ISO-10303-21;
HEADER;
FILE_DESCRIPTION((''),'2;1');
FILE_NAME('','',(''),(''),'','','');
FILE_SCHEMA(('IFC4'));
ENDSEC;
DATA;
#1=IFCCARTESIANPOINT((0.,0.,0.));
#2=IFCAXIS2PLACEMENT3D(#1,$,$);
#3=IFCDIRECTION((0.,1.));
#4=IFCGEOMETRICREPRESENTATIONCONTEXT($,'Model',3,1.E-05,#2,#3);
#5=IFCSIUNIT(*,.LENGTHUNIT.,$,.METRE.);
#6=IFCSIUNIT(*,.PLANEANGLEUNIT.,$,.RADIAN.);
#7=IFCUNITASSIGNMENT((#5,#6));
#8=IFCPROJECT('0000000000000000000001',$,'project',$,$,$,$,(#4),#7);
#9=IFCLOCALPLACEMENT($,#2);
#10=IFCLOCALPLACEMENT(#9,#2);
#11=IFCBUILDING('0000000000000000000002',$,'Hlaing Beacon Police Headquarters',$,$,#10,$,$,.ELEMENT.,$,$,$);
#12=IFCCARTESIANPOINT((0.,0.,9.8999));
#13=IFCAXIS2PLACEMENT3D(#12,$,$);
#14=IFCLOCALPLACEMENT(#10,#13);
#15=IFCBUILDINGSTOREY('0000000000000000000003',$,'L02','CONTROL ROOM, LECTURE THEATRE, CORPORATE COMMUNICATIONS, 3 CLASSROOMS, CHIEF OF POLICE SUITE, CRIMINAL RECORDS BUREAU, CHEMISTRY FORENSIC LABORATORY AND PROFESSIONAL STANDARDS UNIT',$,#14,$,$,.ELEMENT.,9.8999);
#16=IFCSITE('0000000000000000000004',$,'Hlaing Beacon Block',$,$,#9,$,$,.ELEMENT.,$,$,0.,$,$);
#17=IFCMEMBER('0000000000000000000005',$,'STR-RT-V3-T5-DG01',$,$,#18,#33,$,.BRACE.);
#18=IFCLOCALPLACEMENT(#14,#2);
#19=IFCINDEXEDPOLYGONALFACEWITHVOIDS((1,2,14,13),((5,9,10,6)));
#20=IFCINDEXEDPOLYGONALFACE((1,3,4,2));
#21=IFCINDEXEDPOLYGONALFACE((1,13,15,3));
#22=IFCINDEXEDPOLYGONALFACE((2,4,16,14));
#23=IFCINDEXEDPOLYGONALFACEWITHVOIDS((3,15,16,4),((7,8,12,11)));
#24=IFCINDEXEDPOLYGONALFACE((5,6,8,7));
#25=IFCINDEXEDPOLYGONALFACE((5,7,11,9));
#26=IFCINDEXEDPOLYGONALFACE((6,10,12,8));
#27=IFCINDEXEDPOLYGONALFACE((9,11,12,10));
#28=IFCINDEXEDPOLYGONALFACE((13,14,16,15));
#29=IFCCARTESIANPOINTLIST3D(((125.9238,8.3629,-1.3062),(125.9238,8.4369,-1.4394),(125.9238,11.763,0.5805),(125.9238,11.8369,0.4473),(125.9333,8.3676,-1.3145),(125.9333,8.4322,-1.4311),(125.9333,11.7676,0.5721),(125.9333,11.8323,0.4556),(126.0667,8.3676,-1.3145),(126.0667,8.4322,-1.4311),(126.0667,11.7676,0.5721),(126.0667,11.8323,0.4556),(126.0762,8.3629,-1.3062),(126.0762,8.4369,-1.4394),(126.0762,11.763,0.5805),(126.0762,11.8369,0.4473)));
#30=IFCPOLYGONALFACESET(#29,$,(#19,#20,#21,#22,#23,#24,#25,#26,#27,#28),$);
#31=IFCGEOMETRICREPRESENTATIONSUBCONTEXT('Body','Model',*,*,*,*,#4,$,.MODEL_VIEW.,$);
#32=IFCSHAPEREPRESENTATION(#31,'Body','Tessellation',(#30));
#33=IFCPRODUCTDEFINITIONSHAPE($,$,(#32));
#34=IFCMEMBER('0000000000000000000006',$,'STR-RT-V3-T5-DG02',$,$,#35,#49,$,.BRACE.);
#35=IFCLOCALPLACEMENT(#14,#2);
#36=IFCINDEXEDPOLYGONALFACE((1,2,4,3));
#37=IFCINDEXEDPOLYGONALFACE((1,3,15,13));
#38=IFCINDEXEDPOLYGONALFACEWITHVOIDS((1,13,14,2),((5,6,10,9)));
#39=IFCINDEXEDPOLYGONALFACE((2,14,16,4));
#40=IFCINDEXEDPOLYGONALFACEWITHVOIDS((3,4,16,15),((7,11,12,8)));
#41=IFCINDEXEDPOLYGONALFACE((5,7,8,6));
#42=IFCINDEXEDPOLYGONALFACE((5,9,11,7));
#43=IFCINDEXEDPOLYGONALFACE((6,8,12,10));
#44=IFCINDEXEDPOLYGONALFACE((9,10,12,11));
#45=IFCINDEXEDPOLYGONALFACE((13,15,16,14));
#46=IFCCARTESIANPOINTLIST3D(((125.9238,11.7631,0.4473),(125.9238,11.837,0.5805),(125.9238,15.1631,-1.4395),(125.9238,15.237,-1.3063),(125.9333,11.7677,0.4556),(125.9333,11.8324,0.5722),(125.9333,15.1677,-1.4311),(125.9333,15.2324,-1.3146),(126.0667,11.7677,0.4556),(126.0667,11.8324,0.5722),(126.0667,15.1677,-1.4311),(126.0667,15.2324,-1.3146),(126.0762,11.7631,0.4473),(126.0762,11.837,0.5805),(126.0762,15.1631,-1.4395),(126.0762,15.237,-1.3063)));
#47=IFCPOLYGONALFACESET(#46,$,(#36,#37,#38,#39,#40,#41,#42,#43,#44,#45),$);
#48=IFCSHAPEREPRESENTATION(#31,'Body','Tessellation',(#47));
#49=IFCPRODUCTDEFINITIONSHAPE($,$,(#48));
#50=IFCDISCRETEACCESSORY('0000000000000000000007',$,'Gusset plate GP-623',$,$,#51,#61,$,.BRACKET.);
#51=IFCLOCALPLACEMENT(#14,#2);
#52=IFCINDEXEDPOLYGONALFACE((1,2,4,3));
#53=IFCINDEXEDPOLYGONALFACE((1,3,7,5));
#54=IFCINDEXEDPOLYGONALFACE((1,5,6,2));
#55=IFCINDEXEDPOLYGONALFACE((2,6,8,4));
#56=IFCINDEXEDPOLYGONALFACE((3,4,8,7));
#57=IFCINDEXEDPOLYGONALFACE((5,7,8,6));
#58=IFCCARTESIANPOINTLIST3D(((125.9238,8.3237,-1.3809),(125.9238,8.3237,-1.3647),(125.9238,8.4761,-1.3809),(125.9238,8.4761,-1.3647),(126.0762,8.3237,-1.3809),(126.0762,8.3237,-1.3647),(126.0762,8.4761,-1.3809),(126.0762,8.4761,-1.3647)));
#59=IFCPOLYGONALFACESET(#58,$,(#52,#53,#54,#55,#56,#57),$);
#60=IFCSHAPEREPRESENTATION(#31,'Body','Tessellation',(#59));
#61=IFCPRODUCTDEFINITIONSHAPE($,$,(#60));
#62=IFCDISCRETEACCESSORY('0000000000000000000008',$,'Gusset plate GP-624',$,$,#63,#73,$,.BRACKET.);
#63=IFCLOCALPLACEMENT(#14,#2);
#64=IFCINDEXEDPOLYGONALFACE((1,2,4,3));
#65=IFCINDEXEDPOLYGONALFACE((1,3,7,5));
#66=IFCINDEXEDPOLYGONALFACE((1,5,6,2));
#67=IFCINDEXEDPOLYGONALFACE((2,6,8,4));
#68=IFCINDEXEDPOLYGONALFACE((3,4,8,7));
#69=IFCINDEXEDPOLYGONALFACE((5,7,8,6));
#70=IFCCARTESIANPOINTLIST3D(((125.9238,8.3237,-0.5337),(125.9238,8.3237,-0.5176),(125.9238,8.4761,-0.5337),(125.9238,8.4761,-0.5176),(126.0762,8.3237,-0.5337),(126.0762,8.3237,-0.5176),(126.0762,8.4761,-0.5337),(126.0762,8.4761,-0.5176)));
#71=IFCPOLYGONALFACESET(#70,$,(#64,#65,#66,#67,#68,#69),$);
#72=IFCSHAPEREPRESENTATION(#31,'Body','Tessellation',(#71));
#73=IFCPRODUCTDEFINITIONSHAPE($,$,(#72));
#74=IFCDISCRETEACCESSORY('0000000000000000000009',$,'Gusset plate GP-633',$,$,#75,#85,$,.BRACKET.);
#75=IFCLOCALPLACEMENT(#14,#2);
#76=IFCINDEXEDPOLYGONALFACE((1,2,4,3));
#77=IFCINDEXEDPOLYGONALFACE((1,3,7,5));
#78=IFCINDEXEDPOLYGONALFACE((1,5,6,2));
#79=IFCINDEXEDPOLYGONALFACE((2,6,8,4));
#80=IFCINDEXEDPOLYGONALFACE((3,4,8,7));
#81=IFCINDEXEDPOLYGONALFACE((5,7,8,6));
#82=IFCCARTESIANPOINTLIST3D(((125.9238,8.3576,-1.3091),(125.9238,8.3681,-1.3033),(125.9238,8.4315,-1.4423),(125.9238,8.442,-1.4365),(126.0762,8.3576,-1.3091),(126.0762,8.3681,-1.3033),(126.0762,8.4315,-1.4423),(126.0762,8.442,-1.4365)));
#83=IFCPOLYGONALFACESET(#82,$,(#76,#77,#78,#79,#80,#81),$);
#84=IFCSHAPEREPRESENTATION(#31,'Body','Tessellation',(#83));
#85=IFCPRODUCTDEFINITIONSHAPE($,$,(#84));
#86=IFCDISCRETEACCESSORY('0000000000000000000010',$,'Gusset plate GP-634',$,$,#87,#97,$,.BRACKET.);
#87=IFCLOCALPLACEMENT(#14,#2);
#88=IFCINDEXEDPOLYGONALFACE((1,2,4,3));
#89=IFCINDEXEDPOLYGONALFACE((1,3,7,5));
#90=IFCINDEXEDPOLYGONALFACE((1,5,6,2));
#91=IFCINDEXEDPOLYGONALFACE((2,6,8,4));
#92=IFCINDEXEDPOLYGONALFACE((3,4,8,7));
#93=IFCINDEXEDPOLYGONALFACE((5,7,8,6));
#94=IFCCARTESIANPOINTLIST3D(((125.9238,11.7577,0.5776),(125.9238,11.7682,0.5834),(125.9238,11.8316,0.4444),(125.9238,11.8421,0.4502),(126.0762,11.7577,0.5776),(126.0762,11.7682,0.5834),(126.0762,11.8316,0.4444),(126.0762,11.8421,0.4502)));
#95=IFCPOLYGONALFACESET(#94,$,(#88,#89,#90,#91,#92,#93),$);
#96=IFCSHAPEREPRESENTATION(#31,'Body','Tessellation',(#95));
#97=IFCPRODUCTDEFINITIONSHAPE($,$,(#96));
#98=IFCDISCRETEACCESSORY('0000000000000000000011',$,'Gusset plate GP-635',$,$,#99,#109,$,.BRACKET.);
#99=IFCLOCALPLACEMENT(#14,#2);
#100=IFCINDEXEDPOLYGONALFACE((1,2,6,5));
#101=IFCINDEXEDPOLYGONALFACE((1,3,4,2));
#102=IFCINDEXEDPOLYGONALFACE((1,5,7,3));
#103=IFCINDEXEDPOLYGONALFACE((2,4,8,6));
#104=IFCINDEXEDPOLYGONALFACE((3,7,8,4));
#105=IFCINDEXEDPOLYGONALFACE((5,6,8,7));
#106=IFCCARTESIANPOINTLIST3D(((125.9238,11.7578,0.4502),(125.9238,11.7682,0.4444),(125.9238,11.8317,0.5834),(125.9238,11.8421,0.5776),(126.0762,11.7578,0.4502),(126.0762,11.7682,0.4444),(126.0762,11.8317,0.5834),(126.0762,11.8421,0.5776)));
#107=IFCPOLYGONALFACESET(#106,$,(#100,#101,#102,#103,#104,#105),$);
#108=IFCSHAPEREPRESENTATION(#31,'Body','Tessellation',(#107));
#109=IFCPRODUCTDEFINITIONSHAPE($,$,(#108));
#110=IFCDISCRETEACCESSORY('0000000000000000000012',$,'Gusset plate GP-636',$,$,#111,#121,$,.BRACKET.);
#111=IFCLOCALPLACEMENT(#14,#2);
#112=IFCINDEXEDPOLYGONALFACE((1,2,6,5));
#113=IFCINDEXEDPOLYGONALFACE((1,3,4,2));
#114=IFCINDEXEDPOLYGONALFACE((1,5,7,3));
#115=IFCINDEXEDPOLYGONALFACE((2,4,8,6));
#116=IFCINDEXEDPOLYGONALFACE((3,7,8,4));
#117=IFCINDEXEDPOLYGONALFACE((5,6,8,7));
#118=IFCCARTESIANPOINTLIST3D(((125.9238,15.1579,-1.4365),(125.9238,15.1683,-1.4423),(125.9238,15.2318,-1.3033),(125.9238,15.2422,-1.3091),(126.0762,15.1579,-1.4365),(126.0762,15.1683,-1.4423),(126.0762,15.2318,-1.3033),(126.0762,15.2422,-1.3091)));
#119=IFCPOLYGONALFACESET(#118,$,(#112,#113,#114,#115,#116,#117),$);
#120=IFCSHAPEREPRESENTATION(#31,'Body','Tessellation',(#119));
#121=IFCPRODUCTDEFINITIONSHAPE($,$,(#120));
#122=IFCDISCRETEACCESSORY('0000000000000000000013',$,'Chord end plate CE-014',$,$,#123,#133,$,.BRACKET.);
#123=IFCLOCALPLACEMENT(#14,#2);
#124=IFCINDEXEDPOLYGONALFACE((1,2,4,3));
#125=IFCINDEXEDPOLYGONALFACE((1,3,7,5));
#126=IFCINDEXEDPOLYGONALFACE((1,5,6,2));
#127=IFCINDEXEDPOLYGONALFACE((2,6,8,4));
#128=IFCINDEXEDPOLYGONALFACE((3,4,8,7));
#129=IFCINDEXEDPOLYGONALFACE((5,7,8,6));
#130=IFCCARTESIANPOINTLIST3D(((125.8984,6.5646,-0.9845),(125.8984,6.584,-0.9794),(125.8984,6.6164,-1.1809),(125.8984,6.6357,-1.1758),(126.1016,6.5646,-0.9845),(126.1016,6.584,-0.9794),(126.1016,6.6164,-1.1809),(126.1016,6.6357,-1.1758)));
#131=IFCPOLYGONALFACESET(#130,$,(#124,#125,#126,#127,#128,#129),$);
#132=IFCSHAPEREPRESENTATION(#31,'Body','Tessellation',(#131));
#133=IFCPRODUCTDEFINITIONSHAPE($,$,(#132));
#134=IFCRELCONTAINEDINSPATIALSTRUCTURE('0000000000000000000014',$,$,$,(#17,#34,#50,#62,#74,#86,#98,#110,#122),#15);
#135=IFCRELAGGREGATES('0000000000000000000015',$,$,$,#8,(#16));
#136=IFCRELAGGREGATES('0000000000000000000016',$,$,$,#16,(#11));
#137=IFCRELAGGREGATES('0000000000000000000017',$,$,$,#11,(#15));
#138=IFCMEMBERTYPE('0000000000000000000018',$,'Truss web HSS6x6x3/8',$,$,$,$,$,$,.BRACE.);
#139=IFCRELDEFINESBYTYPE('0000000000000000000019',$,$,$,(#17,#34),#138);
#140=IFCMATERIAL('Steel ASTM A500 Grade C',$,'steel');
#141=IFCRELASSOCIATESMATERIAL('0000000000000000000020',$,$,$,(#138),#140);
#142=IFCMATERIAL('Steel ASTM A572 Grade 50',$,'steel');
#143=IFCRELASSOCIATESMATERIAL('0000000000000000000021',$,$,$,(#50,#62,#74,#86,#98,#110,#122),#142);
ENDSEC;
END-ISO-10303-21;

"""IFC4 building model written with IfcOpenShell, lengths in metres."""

from ifc_helpers import new_model, si_unit, direction, frame, origin, origin_2d, place, context, subcontext, project, spatial, rectangle, hollow_rectangle, extrude, material, material_profile, profile_set, type_object, element, save


model = new_model("IFC4")

# Units and contexts
model_context = context("Model", 3, precision=1e-05, world=origin(), true_north=direction((0.0, 1.0)))
body_context = subcontext(model_context, "Body", "Model", "MODEL_VIEW")
ifc_project = project(units=[si_unit("LENGTHUNIT", "METRE"), si_unit("PLANEANGLEUNIT", "RADIAN")], contexts=[model_context])

# Site, building, storey
site_placement = place(None, origin())
site = spatial("IfcSite", under=ifc_project, at=site_placement, Name="Hlaing Beacon Block", CompositionType="ELEMENT", RefElevation=0.0)
building_placement = place(site_placement, origin())
building = spatial("IfcBuilding", under=site, at=building_placement, Name="Hlaing Beacon Police Headquarters", CompositionType="ELEMENT")
storey_placement = place(building_placement, frame((0.0, 0.0, 9.8999)))
storey = spatial("IfcBuildingStorey", under=building, at=storey_placement, Name="L02", Description="CONTROL ROOM, LECTURE THEATRE, CORPORATE COMMUNICATIONS, 3 CLASSROOMS, CHIEF OF POLICE SUITE, CRIMINAL RECORDS BUREAU, CHEMISTRY FORENSIC LABORATORY AND PROFESSIONAL STANDARDS UNIT", CompositionType="ELEMENT", Elevation=9.8999)

# Members
ifc_material_1 = material(Name="Steel ASTM A500 Grade C", Category="steel")
ifc_material_profile_1 = material_profile(ifc_material_1, hollow_rectangle(XDim=0.1523, YDim=0.1523, WallThickness=0.0095, at=origin_2d()), Name="HSS6x6x3/8")
ifc_profile_set_1 = profile_set([ifc_material_profile_1], Name="Steel ASTM A500 Grade C")
member_type_1 = type_object("IfcMemberType", Name="Truss web HSS6x6x3/8", PredefinedType="BRACE", material=ifc_profile_set_1)
for number, where, z_axis, x_axis, name in (
    (1, (126.0, 8.3999, -1.3728), (0.0, 0.874403, 0.4852), (-1.0, 0.0, 0.0), "STR-RT-V3-T5-DG01"),
    (2, (126.0, 11.8, 0.5139), (0.0, 0.874388, -0.485227), (-1.0, 0.0, 0.0), "STR-RT-V3-T5-DG02"),
):
    element("IfcMember", number, at=place(storey_placement, frame(where, z_axis=z_axis, x_axis=x_axis)), inside=storey, type_object=member_type_1, Name=name, PredefinedType="BRACE", context=body_context, shape_type="SweptSolid", body=[
        extrude(hollow_rectangle(XDim=0.1523, YDim=0.1523, WallThickness=0.0095, at=origin_2d()), origin(), (0.0, 0.0, 1.0), 3.8884),
    ])

# Discrete accessories
ifc_material_2 = material(Name="Steel ASTM A572 Grade 50", Category="steel")
for number, where, z_axis, x_axis, name in (
    (3, (126.0, 8.3999, -1.3647), (0.0, 0.0, -1.0), (1.0, 0.0, 0.0), "Gusset plate GP-623"),
    (4, (126.0, 8.3999, -0.5337), (0.0, 0.0, 1.0), (1.0, 0.0, 0.0), "Gusset plate GP-624"),
):
    element("IfcDiscreteAccessory", number, at=place(storey_placement, frame(where, z_axis=z_axis, x_axis=x_axis)), inside=storey, material=ifc_material_2, Name=name, PredefinedType="BRACKET", context=body_context, shape_type="SweptSolid", body=[
        extrude(rectangle(XDim=0.1523, YDim=0.1523, at=origin_2d()), origin(), (0.0, 0.0, 1.0), 0.0161),
    ])
for number, where, z_axis, x_axis, name in (
    (5, (126.0, 8.405, -1.3699), (0.0, -0.874403, -0.4852), (1.0, 0.0, 0.0), "Gusset plate GP-633"),
    (6, (126.0, 11.7947, 0.511), (0.0, 0.874403, 0.4852), (-1.0, 0.0, 0.0), "Gusset plate GP-634"),
    (7, (126.0, 11.8052, 0.511), (0.0, -0.874388, 0.485227), (1.0, 0.0, 0.0), "Gusset plate GP-635"),
    (8, (126.0, 15.1948, -1.3699), (0.0, 0.874388, -0.485227), (-1.0, 0.0, 0.0), "Gusset plate GP-636"),
):
    element("IfcDiscreteAccessory", number, at=place(storey_placement, frame(where, z_axis=z_axis, x_axis=x_axis)), inside=storey, material=ifc_material_2, Name=name, PredefinedType="BRACKET", context=body_context, shape_type="SweptSolid", body=[
        extrude(rectangle(XDim=0.1523, YDim=0.1523, at=origin_2d()), origin(), (0.0, 0.0, 1.0), 0.012),
    ])
discrete_accessory_placement = place(storey_placement, frame((126.0, 6.6099, -1.0776), z_axis=(0.0, -0.966978, -0.254861), x_axis=(1.0, 0.0, 0.0)))
element("IfcDiscreteAccessory", 9, at=discrete_accessory_placement, inside=storey, material=ifc_material_2, Name="Chord end plate CE-014", PredefinedType="BRACKET", context=body_context, shape_type="SweptSolid", body=[
    extrude(rectangle(XDim=0.2031, YDim=0.2031, at=origin_2d()), origin(), (0.0, 0.0, 1.0), 0.02),
])

save(model, "model.ifc")
